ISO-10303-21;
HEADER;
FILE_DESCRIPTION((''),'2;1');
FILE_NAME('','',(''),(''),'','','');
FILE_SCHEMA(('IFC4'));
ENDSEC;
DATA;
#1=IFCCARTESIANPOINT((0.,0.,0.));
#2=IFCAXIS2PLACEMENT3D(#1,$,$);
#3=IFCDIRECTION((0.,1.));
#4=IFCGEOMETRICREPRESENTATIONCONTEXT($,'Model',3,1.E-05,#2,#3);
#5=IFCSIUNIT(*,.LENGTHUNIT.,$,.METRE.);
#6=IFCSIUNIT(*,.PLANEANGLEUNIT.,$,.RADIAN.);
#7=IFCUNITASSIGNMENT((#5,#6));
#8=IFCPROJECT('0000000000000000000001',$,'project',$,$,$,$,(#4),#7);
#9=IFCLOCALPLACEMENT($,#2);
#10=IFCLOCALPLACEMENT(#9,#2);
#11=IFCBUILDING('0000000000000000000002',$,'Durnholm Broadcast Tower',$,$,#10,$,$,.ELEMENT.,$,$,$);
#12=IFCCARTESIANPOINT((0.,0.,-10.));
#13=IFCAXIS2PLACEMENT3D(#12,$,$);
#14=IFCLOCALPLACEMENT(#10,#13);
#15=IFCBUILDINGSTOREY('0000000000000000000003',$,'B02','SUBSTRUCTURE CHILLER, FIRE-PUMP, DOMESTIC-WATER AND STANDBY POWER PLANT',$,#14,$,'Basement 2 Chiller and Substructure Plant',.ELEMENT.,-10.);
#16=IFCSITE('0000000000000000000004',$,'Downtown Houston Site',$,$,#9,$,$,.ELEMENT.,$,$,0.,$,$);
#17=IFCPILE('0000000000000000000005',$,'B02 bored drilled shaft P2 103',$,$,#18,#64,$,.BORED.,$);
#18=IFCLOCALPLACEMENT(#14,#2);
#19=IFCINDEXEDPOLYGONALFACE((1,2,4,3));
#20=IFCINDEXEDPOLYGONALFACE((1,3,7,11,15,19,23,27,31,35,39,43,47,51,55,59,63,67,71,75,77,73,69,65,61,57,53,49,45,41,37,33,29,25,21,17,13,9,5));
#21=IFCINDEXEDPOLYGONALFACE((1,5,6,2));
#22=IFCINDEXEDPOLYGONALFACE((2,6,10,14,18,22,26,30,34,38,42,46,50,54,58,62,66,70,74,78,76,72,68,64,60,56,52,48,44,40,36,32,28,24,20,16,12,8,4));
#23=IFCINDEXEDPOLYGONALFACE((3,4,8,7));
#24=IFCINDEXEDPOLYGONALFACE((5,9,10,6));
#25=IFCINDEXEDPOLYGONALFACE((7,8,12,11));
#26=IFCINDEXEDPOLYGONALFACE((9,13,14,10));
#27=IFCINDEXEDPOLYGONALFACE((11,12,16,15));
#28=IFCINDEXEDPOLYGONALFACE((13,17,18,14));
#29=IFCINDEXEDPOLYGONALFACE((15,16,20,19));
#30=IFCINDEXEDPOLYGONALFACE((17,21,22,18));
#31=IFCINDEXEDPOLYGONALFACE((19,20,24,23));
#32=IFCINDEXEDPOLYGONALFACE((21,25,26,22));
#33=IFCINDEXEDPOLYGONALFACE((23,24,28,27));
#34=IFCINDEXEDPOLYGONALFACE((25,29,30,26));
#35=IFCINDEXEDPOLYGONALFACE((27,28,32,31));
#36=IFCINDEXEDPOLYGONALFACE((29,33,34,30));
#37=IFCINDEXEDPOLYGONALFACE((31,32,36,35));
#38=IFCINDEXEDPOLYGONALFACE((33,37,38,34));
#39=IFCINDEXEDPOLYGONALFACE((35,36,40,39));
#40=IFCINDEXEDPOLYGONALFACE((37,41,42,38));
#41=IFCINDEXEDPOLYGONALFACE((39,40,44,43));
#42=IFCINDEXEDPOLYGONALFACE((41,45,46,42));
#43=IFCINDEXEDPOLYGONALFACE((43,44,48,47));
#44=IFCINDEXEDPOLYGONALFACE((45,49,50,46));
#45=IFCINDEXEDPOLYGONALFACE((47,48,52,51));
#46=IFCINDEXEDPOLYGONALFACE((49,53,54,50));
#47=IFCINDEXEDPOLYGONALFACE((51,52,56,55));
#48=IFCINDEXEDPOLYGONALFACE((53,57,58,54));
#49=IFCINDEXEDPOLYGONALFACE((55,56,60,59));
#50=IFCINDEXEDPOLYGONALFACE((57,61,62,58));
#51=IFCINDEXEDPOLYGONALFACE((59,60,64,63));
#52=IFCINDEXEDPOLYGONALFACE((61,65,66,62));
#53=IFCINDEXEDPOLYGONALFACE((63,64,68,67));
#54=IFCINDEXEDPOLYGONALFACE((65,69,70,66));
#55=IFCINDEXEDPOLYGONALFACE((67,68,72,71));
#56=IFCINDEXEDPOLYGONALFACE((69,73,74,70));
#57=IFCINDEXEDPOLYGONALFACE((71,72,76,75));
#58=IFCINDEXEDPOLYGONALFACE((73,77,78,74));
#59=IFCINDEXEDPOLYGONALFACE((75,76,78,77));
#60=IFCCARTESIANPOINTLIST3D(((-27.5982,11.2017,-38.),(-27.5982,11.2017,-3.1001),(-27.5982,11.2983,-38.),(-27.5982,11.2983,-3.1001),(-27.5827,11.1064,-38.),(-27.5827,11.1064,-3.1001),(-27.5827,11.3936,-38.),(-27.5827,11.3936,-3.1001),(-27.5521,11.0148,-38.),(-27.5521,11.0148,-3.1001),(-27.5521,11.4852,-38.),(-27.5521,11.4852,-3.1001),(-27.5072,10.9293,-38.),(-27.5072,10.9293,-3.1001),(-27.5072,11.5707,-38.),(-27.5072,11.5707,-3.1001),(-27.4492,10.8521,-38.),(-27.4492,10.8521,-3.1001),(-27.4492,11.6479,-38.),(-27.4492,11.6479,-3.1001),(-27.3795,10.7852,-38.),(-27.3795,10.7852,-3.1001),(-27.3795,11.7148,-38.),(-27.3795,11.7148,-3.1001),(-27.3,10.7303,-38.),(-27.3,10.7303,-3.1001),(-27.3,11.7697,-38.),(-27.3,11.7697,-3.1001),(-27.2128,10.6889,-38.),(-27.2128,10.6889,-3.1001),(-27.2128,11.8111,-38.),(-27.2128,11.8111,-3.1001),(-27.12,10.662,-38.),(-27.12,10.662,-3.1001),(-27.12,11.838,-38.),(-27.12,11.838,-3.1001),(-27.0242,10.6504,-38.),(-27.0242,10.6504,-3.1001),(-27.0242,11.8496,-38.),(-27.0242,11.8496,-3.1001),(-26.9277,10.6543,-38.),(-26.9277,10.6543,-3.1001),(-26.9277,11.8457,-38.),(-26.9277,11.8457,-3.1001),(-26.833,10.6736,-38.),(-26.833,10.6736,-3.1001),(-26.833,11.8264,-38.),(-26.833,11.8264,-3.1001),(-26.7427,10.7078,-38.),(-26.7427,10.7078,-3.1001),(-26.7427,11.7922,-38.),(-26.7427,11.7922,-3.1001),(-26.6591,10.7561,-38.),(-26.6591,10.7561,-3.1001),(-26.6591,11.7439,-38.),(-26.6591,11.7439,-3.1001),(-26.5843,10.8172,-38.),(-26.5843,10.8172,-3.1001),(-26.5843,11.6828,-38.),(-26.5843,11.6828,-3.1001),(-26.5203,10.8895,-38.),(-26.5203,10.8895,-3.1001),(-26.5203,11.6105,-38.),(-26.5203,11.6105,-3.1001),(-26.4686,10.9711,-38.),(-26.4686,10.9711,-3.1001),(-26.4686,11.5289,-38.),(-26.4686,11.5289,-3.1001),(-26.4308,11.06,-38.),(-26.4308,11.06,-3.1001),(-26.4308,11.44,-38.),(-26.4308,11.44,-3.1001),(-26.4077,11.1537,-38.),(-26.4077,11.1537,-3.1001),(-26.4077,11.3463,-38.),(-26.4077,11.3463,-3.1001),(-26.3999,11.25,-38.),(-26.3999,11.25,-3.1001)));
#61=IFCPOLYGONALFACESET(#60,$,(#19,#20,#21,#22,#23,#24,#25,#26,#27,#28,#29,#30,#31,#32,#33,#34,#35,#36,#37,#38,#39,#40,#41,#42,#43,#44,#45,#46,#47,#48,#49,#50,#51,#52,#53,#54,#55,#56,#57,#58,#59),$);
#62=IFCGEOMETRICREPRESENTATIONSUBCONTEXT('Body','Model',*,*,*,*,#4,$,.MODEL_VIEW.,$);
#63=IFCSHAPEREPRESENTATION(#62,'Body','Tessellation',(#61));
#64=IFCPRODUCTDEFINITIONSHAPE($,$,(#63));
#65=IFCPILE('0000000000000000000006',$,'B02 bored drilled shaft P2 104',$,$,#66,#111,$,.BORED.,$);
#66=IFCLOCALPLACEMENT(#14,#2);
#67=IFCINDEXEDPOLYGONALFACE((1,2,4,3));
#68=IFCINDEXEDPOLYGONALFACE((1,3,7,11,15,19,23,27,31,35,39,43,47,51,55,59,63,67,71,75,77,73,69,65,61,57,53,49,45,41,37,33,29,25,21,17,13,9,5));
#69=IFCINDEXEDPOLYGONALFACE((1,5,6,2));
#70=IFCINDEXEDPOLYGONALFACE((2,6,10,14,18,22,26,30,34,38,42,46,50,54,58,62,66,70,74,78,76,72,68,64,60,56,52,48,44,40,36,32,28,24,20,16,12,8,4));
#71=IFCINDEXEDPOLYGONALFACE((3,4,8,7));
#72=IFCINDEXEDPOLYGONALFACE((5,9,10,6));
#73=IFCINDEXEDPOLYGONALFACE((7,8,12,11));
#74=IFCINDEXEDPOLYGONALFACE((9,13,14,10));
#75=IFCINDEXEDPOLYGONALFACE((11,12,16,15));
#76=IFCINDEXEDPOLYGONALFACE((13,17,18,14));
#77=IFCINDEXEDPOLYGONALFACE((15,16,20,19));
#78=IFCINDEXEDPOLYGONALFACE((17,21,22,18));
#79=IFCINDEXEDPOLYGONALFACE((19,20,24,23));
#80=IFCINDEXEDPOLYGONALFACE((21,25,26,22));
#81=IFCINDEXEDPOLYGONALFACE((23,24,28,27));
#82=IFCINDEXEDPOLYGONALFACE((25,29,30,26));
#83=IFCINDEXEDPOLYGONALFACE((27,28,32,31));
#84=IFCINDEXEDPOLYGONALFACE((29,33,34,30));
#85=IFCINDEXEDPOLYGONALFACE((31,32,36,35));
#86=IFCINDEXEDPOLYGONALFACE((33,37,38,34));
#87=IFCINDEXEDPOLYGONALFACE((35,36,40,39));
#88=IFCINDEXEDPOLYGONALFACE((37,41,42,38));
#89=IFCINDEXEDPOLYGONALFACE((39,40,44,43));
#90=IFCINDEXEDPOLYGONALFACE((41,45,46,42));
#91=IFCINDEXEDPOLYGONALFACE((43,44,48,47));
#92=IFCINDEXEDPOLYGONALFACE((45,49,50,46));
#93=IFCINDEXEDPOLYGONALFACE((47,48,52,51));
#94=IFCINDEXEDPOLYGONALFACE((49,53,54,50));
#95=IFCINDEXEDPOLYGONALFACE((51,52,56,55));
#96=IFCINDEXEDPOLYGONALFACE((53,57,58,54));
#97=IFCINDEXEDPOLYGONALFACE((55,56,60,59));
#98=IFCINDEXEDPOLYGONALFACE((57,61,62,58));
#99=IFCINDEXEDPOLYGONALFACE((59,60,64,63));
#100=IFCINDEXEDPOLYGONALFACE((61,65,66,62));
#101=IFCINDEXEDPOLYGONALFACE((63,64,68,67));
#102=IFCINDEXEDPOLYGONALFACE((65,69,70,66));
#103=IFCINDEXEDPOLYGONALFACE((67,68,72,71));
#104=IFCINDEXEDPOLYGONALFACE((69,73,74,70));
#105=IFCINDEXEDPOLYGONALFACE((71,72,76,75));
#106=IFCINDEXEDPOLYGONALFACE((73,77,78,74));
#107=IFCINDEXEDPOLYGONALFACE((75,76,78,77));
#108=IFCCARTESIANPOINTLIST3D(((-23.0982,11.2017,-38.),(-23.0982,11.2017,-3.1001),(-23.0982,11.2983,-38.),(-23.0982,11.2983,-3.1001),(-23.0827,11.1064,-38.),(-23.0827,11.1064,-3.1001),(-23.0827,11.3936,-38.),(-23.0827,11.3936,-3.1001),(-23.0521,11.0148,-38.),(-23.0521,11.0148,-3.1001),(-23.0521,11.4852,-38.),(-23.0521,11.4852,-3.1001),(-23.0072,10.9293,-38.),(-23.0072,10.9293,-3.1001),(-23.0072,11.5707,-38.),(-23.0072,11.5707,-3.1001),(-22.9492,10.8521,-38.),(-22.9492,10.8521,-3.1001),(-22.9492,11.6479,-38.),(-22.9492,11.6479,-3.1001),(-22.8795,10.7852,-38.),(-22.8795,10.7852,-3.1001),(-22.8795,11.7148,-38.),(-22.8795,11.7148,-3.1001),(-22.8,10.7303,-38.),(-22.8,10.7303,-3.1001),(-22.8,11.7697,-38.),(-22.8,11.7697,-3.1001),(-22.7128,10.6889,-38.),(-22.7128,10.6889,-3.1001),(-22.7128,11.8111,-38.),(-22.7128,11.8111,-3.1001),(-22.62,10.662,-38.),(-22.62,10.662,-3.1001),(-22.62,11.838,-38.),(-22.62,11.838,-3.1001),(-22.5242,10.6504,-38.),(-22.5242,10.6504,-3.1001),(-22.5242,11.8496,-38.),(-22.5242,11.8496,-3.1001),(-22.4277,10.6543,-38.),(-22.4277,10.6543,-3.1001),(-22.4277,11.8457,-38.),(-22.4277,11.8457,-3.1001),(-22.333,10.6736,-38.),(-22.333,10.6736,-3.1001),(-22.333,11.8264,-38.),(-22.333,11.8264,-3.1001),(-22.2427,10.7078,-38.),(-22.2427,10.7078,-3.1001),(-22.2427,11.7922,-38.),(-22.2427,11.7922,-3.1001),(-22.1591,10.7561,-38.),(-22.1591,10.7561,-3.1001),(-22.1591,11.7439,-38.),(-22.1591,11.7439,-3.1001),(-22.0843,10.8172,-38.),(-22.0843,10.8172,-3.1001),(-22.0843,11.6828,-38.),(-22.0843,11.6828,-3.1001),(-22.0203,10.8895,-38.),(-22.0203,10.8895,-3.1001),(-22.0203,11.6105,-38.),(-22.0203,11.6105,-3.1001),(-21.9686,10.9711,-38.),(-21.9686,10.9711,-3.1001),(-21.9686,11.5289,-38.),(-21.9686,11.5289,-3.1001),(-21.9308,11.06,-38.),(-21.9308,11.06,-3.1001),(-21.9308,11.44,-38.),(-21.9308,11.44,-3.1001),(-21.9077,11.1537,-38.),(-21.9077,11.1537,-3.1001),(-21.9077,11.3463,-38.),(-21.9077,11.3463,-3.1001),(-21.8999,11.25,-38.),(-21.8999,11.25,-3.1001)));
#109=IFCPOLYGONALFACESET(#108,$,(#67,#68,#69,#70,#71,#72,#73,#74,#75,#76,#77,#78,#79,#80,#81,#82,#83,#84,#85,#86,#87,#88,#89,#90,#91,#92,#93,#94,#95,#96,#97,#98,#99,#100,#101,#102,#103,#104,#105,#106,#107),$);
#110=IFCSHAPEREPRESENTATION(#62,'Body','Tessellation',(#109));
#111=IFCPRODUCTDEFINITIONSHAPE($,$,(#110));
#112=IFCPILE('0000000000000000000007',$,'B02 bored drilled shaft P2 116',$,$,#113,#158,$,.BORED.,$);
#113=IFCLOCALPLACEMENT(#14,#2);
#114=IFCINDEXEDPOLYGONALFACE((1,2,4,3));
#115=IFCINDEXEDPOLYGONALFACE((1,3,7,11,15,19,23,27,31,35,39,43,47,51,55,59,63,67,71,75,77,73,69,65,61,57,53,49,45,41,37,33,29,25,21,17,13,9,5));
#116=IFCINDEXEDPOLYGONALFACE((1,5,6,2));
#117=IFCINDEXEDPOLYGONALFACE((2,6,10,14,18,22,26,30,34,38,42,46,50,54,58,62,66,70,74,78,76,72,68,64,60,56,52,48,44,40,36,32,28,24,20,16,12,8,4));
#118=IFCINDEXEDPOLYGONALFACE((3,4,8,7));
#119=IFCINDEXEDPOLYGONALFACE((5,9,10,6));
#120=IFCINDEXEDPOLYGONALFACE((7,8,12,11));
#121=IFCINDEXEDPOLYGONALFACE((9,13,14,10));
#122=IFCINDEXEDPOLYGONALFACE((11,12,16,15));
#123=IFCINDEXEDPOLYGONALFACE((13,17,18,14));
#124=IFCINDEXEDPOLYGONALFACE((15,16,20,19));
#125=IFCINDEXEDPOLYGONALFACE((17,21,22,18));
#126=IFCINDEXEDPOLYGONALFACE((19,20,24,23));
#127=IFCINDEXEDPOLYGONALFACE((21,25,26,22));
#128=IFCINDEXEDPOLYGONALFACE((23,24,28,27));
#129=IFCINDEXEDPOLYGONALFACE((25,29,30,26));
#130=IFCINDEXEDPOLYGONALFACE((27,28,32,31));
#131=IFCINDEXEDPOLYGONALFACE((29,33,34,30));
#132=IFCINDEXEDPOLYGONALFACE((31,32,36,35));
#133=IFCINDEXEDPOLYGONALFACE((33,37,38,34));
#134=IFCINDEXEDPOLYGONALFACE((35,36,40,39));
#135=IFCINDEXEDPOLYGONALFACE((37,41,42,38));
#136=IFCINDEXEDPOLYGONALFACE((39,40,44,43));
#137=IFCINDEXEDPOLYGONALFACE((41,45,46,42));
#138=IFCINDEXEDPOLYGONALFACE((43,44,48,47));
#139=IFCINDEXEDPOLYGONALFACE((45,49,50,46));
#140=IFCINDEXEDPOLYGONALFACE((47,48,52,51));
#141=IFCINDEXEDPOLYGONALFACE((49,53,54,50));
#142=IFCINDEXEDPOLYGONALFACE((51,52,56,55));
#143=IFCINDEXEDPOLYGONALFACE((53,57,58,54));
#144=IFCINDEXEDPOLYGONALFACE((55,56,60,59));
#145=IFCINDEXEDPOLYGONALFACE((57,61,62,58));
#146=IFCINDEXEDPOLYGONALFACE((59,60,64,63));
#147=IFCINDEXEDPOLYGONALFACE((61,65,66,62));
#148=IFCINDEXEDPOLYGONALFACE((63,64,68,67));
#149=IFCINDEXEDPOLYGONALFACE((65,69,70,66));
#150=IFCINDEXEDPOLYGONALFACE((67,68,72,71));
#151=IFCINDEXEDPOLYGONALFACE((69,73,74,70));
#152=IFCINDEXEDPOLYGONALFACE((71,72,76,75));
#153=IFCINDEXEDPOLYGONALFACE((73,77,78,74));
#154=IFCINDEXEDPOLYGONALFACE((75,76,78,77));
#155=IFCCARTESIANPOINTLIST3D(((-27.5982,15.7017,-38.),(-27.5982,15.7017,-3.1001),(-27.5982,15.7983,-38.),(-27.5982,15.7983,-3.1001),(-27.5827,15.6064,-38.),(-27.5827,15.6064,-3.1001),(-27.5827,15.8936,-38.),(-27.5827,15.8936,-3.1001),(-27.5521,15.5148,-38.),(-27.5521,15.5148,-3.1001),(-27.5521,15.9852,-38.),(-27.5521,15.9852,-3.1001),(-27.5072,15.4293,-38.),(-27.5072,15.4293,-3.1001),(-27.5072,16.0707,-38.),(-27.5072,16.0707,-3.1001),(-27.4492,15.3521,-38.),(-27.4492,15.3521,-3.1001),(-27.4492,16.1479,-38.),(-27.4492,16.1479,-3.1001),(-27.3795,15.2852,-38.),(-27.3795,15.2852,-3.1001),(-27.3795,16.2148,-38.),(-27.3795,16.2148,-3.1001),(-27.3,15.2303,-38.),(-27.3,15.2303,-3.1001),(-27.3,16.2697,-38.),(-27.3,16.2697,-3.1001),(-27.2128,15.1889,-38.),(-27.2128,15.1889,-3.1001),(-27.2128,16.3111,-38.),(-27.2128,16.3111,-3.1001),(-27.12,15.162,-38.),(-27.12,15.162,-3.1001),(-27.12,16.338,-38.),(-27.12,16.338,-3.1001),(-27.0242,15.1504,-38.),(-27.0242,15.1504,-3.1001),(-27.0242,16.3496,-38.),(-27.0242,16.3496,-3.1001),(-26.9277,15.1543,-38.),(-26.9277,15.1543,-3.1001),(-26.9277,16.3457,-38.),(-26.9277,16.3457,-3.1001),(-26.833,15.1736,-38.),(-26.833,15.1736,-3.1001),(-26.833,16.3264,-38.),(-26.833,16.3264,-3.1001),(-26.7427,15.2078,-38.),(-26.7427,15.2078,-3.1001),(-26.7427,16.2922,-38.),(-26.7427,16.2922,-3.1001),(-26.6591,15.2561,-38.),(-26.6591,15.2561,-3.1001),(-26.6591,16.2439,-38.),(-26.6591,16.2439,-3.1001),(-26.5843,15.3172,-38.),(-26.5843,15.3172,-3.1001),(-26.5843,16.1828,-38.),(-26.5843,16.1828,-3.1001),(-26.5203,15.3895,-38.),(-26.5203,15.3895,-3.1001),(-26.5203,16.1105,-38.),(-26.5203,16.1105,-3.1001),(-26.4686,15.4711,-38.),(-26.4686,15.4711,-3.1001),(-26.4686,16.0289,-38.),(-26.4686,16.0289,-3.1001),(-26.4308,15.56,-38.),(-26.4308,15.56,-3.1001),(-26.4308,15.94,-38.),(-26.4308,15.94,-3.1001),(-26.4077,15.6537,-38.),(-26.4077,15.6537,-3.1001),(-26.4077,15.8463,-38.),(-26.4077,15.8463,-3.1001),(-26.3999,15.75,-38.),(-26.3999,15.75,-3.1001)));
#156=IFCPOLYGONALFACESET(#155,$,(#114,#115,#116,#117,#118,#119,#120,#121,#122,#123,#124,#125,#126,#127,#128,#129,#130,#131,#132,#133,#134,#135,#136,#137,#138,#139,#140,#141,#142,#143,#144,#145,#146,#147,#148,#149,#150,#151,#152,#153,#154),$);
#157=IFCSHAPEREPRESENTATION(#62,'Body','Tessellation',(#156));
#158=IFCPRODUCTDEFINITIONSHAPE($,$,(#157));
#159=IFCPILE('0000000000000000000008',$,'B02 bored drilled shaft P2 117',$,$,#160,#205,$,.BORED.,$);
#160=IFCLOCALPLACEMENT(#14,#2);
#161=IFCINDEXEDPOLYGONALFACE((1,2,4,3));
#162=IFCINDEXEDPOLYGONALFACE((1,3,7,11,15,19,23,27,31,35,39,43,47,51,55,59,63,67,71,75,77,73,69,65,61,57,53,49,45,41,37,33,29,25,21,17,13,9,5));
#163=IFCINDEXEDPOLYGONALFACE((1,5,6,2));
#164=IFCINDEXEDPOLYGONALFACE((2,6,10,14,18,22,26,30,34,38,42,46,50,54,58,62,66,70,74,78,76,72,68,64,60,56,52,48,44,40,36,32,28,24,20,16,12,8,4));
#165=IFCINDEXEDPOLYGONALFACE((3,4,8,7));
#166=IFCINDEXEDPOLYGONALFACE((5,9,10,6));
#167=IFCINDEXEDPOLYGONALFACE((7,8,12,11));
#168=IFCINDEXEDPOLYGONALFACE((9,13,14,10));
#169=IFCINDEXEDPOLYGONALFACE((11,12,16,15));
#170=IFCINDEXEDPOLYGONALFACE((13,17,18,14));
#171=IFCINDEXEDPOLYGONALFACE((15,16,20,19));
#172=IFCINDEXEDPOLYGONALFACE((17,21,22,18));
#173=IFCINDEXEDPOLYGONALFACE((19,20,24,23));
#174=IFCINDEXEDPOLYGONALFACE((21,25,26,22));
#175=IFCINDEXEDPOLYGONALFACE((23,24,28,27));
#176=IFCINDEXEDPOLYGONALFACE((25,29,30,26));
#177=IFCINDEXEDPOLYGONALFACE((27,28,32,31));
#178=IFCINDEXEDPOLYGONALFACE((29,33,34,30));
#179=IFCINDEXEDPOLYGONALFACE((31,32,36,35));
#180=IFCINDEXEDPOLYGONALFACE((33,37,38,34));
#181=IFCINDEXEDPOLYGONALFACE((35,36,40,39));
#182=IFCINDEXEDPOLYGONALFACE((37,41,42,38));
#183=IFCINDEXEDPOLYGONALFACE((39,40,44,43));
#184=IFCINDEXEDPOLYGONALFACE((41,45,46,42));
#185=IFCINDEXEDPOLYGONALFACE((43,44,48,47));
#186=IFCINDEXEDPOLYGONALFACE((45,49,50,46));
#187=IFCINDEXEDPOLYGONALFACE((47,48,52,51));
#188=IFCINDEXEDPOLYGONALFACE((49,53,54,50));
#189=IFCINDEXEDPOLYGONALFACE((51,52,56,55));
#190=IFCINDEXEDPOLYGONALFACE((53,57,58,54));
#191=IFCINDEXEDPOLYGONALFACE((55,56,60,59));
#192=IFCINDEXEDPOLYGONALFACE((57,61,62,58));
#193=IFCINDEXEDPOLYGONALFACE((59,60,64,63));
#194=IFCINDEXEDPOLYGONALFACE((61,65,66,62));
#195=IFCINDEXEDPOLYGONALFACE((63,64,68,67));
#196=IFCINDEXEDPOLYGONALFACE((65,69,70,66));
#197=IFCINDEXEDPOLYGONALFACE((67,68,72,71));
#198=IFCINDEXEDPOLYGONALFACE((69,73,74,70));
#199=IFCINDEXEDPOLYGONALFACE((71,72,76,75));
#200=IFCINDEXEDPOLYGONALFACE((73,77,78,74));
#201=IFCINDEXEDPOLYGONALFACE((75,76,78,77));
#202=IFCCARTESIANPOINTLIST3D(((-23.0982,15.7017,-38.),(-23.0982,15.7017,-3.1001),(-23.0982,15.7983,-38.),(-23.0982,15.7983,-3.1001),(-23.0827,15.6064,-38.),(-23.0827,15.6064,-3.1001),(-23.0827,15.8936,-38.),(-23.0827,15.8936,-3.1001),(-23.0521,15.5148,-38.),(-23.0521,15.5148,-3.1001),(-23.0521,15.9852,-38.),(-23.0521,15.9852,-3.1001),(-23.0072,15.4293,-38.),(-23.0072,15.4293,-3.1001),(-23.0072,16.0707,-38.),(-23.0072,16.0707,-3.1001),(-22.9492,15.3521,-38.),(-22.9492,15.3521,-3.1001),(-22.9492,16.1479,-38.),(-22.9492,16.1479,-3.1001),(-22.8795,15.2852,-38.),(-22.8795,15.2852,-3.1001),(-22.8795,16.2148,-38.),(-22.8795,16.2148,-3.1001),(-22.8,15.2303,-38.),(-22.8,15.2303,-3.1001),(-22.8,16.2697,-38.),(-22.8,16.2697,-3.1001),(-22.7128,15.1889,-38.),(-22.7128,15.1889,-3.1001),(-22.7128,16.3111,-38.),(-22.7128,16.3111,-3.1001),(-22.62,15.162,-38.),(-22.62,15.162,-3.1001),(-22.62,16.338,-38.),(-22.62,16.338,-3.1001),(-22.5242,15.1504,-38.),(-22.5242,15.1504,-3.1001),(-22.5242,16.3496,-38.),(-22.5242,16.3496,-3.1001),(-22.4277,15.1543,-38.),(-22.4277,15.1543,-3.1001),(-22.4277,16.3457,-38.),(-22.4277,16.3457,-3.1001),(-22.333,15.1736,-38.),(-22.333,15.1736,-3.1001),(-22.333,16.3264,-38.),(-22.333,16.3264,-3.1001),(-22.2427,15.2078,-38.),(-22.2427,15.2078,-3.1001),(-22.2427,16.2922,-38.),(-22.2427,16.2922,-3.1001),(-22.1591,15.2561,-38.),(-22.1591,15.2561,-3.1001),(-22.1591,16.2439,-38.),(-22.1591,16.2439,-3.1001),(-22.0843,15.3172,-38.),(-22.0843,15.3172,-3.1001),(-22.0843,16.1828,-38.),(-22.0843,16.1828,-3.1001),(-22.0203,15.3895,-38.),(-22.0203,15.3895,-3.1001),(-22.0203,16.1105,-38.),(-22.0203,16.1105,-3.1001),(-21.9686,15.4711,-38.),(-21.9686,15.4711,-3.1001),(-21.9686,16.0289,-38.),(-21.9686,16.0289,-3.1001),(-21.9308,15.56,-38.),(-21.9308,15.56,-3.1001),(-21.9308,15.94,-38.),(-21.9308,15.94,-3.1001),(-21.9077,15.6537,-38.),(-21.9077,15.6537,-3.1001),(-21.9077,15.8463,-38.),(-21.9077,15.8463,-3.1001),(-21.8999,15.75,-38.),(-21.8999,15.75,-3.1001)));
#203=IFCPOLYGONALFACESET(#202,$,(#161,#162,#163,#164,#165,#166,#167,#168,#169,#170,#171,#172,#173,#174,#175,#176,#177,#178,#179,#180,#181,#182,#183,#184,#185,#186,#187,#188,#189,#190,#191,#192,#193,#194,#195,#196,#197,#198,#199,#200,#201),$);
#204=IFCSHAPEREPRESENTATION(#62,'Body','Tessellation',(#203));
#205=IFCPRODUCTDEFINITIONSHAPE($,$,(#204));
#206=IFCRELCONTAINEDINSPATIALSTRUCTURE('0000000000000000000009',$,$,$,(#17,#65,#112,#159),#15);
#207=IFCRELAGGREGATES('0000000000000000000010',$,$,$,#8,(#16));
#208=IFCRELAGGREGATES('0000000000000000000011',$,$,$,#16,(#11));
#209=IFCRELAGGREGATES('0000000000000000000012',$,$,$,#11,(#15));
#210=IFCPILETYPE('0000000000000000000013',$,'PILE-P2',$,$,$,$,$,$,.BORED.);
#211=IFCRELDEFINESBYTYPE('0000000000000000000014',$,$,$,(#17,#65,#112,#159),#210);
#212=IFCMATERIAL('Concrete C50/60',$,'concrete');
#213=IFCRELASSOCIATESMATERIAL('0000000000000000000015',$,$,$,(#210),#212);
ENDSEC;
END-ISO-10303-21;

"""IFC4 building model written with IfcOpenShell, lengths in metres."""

from ifc_helpers import new_model, si_unit, direction, frame, origin, origin_2d, place, context, subcontext, project, spatial, circle, extrude, source, transform, mapped, material, material_profile, profile_set, type_object, type_shapes, element, save


model = new_model("IFC4")

# Units and contexts
model_context = context("Model", 3, precision=1e-05, world=origin(), true_north=direction((0.0, 1.0)))
body_context = subcontext(model_context, "Body", "Model", "MODEL_VIEW")
ifc_project = project(units=[si_unit("LENGTHUNIT", "METRE"), si_unit("PLANEANGLEUNIT", "RADIAN")], contexts=[model_context])

# Site, building, storey
site_placement = place(None, origin())
site = spatial("IfcSite", under=ifc_project, at=site_placement, Name="Downtown Houston Site", CompositionType="ELEMENT", RefElevation=0.0)
building_placement = place(site_placement, origin())
building = spatial("IfcBuilding", under=site, at=building_placement, Name="Durnholm Broadcast Tower", CompositionType="ELEMENT")
storey_placement = place(building_placement, frame((0.0, 0.0, -10.0)))
storey = spatial("IfcBuildingStorey", under=building, at=storey_placement, Name="B02", Description="SUBSTRUCTURE CHILLER, FIRE-PUMP, DOMESTIC-WATER AND STANDBY POWER PLANT", LongName="Basement 2 Chiller and Substructure Plant", CompositionType="ELEMENT", Elevation=-10.0)

# Piles
ifc_material_1 = material(Name="Concrete C50/60", Category="concrete")
ifc_material_profile_1 = material_profile(ifc_material_1, circle(Radius=0.6001, at=origin_2d()), Name="PILE1200")
ifc_profile_set_1 = profile_set([ifc_material_profile_1], Name="Concrete C50/60")
pile_type_1 = type_object("IfcPileType", Name="PILE-P2", PredefinedType="BORED", material=ifc_profile_set_1)
shared_shape_1 = source(origin(), body_context, "Body", "SweptSolid", [
    extrude(circle(Radius=0.6001, at=origin_2d()), origin(), (0.0, 0.0, 1.0), 34.8999),
])
type_shapes(pile_type_1, [shared_shape_1])
for number, where, z_axis, x_axis, name in (
    (1, (-27.0, 11.25, -3.1001), (0.0, 0.0, -1.0), (1.0, 0.0, 0.0), "B02 bored drilled shaft P2 103"),
    (2, (-22.5, 11.25, -3.1001), (0.0, 0.0, -1.0), (1.0, 0.0, 0.0), "B02 bored drilled shaft P2 104"),
    (3, (-27.0, 15.75, -3.1001), (0.0, 0.0, -1.0), (1.0, 0.0, 0.0), "B02 bored drilled shaft P2 116"),
    (4, (-22.5, 15.75, -3.1001), (0.0, 0.0, -1.0), (1.0, 0.0, 0.0), "B02 bored drilled shaft P2 117"),
):
    element("IfcPile", number, at=place(storey_placement, frame(where, z_axis=z_axis, x_axis=x_axis)), inside=storey, type_object=pile_type_1, Name=name, PredefinedType="BORED", context=body_context, shape_type="MappedRepresentation", body=[
        mapped(shared_shape_1, transform((0.0, 0.0, 0.0), x_axis=(1.0, 0.0, 0.0), y_axis=(0.0, 1.0, 0.0), z_axis=(0.0, 0.0, 1.0), scale=1.0)),
    ])

save(model, "model.ifc")
